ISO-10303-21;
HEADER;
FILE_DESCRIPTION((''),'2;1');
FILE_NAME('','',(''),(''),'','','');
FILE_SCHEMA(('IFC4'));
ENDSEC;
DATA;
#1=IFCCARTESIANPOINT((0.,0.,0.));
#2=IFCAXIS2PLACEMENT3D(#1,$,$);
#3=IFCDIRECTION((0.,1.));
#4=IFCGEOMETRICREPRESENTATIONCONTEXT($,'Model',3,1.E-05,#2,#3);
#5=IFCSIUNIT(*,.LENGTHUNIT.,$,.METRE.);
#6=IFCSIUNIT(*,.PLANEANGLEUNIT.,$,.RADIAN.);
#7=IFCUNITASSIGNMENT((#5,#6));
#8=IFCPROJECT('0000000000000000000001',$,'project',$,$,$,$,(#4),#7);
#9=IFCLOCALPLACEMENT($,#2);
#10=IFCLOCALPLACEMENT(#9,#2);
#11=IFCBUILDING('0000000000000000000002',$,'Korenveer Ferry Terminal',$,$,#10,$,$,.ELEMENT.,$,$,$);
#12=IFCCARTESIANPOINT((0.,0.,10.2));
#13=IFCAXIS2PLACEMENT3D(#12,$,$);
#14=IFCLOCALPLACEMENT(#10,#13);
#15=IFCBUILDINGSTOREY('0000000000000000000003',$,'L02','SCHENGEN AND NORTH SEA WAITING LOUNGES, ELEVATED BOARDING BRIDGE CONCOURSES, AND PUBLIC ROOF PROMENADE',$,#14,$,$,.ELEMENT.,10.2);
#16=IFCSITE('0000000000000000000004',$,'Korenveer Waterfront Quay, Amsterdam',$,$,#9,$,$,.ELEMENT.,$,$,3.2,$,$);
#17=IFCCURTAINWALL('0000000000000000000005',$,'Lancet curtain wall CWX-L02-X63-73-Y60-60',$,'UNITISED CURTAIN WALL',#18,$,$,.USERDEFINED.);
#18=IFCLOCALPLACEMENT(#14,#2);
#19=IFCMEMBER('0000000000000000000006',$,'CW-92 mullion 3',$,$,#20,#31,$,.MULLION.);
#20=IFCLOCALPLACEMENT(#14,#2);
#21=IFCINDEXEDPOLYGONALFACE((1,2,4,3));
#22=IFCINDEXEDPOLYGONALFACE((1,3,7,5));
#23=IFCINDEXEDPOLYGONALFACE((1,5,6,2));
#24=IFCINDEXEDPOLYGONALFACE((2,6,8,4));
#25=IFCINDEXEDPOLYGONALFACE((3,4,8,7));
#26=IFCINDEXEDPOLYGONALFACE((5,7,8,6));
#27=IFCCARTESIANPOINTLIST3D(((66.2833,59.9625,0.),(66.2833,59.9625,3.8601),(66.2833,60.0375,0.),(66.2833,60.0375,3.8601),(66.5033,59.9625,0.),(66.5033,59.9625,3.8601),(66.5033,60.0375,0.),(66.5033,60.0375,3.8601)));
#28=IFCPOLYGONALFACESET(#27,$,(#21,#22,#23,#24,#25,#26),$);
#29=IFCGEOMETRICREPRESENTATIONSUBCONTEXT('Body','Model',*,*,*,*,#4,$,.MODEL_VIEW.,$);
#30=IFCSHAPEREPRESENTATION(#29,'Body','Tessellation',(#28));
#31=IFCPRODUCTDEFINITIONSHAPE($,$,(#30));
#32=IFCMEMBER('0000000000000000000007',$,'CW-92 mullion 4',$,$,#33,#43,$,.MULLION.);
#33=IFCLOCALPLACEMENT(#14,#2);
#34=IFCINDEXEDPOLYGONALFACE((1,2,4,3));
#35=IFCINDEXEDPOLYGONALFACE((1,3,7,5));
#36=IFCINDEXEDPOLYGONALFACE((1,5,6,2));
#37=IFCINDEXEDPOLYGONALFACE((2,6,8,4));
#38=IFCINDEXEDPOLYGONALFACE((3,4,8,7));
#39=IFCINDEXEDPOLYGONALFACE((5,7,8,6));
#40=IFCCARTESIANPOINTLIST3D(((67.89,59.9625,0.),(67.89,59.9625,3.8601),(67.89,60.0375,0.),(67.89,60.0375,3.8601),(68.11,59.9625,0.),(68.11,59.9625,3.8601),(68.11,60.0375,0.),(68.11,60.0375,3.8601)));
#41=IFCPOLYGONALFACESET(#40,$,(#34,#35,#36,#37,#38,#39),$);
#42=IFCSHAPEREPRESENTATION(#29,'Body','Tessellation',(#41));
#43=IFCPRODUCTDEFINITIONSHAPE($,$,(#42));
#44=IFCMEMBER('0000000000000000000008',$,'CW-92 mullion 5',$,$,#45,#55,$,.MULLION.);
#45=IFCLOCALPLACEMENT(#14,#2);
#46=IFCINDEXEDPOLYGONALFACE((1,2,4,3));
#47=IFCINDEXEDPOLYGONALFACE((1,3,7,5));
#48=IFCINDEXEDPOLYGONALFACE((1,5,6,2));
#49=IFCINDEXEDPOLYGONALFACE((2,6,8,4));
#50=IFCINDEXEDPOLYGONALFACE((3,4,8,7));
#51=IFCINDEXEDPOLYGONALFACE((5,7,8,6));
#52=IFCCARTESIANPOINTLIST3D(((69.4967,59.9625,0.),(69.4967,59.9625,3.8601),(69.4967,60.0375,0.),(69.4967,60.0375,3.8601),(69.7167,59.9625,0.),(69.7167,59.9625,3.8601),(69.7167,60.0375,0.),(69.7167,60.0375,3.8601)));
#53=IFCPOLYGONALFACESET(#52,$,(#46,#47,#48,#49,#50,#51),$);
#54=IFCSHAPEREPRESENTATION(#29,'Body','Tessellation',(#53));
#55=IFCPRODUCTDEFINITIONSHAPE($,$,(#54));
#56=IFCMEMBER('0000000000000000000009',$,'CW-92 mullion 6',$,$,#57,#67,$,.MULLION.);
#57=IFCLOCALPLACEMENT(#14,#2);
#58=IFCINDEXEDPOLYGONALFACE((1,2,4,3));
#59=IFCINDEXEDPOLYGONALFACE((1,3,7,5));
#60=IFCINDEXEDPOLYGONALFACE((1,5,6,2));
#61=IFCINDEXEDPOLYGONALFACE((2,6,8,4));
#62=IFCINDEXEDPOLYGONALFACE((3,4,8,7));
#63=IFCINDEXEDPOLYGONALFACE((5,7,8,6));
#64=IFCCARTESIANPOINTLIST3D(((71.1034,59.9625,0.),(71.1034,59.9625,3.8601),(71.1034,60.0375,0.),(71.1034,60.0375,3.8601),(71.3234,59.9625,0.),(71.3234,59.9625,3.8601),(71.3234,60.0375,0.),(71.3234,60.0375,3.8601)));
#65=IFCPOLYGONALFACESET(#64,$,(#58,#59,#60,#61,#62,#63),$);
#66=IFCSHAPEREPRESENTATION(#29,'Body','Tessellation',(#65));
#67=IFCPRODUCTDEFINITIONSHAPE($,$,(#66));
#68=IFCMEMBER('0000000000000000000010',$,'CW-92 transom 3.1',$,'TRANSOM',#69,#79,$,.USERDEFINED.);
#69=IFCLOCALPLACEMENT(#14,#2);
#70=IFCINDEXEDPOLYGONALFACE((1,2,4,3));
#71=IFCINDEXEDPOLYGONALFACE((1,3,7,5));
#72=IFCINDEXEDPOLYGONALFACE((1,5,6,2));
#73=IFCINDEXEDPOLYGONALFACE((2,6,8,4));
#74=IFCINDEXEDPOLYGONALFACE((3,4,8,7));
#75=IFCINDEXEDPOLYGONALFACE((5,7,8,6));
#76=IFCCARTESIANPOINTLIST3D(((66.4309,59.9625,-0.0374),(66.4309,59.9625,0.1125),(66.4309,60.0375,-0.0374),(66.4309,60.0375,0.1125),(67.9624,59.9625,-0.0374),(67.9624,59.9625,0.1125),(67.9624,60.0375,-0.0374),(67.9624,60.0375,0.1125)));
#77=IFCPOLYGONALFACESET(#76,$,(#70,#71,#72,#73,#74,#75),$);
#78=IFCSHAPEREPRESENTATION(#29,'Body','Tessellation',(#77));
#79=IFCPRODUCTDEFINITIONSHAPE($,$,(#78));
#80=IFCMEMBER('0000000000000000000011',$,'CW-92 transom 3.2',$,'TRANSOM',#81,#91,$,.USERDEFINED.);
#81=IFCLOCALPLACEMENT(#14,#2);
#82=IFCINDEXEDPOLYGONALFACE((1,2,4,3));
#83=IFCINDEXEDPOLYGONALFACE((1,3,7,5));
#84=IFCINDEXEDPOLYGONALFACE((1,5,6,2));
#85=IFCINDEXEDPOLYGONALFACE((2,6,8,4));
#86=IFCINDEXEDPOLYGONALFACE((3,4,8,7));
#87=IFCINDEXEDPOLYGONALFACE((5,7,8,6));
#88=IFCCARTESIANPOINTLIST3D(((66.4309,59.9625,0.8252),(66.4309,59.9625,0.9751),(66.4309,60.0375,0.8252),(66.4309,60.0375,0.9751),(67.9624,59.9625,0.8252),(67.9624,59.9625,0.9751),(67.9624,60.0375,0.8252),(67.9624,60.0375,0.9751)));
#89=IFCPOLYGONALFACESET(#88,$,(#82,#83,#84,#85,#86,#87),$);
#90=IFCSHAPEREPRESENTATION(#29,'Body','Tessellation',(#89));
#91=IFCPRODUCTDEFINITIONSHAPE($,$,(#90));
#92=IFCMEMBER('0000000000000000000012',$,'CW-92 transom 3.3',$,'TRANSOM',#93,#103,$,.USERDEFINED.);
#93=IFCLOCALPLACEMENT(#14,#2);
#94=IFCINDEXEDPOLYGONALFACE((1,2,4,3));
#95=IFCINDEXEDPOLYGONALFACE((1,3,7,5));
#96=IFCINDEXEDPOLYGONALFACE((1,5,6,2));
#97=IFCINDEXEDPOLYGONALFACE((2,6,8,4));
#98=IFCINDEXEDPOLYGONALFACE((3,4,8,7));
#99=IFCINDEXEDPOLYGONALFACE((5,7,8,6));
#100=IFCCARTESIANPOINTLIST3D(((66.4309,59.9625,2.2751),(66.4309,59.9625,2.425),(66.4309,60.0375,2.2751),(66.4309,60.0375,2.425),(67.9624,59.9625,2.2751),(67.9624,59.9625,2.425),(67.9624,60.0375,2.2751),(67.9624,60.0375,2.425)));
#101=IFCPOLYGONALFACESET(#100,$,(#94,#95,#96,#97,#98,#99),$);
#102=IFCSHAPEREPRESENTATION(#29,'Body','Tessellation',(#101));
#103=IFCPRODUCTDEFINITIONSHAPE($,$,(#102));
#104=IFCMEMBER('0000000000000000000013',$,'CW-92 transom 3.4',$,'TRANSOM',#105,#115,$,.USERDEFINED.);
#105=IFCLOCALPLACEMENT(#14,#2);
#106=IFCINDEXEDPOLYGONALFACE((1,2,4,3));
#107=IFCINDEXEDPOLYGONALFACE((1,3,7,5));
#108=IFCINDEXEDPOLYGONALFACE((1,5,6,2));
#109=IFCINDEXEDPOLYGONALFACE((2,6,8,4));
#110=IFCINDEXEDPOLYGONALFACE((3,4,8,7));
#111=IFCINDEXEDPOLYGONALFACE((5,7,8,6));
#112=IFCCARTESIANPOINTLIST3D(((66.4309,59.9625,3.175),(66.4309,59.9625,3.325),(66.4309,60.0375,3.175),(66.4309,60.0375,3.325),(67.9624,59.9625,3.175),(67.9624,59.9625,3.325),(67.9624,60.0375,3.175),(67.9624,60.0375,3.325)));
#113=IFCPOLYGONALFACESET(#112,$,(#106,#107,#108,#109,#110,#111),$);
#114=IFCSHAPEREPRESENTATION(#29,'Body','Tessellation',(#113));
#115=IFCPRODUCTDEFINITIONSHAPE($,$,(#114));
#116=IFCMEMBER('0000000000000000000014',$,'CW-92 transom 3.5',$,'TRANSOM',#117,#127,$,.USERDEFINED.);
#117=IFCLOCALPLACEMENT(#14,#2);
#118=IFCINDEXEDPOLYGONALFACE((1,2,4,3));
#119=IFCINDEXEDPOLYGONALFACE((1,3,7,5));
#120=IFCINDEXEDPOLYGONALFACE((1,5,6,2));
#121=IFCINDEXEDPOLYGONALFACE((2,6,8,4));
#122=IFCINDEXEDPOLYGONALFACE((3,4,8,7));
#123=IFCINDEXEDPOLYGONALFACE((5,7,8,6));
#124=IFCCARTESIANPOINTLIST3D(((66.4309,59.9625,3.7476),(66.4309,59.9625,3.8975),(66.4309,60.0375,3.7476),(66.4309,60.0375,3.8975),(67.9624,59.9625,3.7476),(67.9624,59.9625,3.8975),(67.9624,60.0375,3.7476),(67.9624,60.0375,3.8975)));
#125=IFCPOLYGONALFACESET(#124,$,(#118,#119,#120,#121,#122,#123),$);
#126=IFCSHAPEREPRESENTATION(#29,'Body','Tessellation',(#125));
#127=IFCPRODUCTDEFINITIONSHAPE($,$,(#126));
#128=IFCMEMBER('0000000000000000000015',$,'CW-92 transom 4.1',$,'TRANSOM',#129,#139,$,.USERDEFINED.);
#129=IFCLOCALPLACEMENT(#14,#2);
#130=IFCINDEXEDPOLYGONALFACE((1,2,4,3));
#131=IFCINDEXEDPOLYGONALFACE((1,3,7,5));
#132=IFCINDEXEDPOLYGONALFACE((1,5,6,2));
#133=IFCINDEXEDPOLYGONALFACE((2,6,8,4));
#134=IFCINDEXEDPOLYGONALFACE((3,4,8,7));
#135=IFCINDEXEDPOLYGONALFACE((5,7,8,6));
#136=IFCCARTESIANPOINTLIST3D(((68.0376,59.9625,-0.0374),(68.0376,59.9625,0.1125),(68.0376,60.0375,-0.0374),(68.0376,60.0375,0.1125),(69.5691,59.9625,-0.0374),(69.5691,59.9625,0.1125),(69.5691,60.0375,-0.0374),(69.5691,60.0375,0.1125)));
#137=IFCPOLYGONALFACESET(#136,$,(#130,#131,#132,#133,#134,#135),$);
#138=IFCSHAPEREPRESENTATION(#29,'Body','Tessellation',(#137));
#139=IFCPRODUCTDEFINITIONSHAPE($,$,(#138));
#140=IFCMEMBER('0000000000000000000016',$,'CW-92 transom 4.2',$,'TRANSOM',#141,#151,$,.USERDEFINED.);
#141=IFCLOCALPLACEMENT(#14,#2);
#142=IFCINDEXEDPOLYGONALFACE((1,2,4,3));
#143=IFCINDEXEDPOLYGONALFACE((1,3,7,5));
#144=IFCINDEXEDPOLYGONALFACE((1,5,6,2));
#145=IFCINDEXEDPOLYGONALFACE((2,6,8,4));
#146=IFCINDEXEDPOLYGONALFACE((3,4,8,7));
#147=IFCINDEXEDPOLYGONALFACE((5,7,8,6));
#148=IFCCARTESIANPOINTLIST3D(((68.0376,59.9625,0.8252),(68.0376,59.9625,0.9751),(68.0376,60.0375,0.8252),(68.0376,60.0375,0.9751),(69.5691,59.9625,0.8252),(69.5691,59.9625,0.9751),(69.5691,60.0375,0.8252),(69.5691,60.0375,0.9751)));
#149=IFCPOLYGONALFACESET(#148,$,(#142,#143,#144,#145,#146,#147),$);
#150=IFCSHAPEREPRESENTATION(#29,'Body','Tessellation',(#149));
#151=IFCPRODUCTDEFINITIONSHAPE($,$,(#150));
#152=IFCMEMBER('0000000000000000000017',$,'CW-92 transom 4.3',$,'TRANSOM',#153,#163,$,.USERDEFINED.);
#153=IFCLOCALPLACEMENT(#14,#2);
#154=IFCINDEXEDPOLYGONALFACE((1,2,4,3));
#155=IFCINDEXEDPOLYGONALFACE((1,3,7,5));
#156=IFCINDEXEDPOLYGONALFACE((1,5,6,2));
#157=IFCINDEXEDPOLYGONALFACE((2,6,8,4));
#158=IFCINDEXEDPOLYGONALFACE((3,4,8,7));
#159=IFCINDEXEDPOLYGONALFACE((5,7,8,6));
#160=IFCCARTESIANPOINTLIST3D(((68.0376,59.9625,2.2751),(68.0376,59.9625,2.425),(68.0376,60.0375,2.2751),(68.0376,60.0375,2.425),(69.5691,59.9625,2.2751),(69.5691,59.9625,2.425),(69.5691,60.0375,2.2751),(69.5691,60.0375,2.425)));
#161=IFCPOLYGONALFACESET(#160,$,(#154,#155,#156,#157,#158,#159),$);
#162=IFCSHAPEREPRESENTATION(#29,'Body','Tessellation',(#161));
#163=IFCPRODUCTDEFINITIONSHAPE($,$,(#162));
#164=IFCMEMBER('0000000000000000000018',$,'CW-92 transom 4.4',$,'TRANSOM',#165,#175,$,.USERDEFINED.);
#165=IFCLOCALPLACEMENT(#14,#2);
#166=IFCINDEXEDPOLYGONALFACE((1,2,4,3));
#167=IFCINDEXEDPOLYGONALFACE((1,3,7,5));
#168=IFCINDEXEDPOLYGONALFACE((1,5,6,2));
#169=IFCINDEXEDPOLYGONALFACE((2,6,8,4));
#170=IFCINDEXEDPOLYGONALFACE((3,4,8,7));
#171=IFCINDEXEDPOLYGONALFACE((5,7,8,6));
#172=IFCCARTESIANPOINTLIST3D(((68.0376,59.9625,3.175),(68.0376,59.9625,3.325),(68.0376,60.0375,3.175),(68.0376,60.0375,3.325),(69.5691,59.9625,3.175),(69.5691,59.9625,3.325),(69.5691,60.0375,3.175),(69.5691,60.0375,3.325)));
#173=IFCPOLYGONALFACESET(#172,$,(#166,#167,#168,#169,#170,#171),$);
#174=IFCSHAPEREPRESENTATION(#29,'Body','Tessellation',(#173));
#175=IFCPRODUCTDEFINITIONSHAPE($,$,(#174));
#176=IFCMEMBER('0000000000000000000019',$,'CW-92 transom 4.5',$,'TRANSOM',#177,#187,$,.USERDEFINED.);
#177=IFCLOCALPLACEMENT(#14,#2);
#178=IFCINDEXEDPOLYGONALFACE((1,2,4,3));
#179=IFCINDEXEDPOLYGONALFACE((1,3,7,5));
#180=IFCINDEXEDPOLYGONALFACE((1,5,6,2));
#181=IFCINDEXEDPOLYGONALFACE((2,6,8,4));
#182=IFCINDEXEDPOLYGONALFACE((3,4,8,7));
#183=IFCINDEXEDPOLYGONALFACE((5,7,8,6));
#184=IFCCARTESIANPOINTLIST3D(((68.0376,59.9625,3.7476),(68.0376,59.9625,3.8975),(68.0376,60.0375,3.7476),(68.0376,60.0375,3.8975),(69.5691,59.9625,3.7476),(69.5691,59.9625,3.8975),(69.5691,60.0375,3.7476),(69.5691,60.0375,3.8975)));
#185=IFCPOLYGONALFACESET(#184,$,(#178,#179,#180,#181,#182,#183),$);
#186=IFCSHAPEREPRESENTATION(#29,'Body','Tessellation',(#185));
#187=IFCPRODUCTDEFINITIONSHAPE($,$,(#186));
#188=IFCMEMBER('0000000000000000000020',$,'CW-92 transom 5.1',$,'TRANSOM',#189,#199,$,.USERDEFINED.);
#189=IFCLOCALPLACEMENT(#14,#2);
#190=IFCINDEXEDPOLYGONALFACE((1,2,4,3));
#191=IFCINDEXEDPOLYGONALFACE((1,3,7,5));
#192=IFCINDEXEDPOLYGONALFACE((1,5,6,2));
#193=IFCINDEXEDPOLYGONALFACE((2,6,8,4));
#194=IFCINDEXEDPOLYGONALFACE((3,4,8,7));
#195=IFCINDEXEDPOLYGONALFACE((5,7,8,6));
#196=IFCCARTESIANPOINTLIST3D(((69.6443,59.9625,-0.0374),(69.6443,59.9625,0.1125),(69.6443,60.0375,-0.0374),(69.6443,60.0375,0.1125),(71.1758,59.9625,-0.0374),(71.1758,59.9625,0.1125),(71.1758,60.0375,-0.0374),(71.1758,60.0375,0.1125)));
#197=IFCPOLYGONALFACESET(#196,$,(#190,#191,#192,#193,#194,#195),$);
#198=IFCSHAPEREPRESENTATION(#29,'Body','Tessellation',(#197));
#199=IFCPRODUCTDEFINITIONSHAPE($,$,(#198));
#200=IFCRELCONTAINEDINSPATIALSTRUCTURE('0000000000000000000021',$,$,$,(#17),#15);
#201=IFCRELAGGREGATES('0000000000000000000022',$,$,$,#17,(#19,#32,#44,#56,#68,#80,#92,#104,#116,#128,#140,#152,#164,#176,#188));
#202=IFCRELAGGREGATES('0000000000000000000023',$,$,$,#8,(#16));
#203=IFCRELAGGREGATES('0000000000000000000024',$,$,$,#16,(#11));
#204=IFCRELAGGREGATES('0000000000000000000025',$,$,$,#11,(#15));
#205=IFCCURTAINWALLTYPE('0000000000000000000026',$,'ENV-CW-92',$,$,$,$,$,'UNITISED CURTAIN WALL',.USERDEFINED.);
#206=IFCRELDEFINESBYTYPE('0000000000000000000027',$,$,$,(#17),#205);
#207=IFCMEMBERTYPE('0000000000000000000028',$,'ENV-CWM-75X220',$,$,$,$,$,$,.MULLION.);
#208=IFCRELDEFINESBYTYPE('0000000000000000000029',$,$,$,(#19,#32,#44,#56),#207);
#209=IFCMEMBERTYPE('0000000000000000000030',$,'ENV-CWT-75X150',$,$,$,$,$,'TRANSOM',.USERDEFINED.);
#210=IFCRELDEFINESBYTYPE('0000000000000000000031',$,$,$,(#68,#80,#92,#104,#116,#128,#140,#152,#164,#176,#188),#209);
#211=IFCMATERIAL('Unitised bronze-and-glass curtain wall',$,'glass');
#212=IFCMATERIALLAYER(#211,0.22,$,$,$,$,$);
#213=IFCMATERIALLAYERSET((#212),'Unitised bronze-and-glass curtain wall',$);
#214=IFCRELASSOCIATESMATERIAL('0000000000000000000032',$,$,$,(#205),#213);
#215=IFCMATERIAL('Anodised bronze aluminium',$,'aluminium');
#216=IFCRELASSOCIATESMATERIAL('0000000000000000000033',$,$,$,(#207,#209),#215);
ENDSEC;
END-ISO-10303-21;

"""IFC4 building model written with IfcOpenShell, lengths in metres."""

from ifc_helpers import new_model, si_unit, direction, frame, origin, origin_2d, place, context, subcontext, project, spatial, rectangle, extrude, material, layer, layer_set, material_profile, profile_set, type_object, element, aggregate, save


model = new_model("IFC4")

# Units and contexts
model_context = context("Model", 3, precision=1e-05, world=origin(), true_north=direction((0.0, 1.0)))
body_context = subcontext(model_context, "Body", "Model", "MODEL_VIEW")
ifc_project = project(units=[si_unit("LENGTHUNIT", "METRE"), si_unit("PLANEANGLEUNIT", "RADIAN")], contexts=[model_context])

# Site, building, storey
site_placement = place(None, origin())
site = spatial("IfcSite", under=ifc_project, at=site_placement, Name="Korenveer Waterfront Quay, Amsterdam", CompositionType="ELEMENT", RefElevation=3.2)
building_placement = place(site_placement, origin())
building = spatial("IfcBuilding", under=site, at=building_placement, Name="Korenveer Ferry Terminal", CompositionType="ELEMENT")
storey_placement = place(building_placement, frame((0.0, 0.0, 10.2)))
storey = spatial("IfcBuildingStorey", under=building, at=storey_placement, Name="L02", Description="SCHENGEN AND NORTH SEA WAITING LOUNGES, ELEVATED BOARDING BRIDGE CONCOURSES, AND PUBLIC ROOF PROMENADE", CompositionType="ELEMENT", Elevation=10.2)

# Curtain wall, members
ifc_material_1 = material(Name="Unitised bronze-and-glass curtain wall", Category="glass")
ifc_layer_1 = layer(ifc_material_1, 0.22)
ifc_layer_set_1 = layer_set([ifc_layer_1], Name="Unitised bronze-and-glass curtain wall")
curtain_wall_type = type_object("IfcCurtainWallType", Name="ENV-CW-92", ElementType="UNITISED CURTAIN WALL", PredefinedType="USERDEFINED", material=ifc_layer_set_1)
curtain_wall_placement = place(storey_placement, frame((63.1799, 60.0, 0.0)))
curtain_wall = element("IfcCurtainWall", 1, at=curtain_wall_placement, inside=storey, type_object=curtain_wall_type, Name="Lancet curtain wall CWX-L02-X63-73-Y60-60", ObjectType="UNITISED CURTAIN WALL", PredefinedType="USERDEFINED")
ifc_material_2 = material(Name="Anodised bronze aluminium", Category="aluminium")
ifc_material_profile_1 = material_profile(ifc_material_2, rectangle(XDim=0.075, YDim=0.22, at=origin_2d()), Name="ALU 75x220")
ifc_profile_set_1 = profile_set([ifc_material_profile_1], Name="Anodised bronze aluminium")
member_type_1 = type_object("IfcMemberType", Name="ENV-CWM-75X220", PredefinedType="MULLION", material=ifc_profile_set_1)
member_1_placement = place(storey_placement, frame((66.3933, 60.0, 0.0), z_axis=(0.0, 0.0, 1.0), x_axis=(0.0, 1.0, 0.0)))
member_1 = element("IfcMember", 2, at=member_1_placement, type_object=member_type_1, Name="CW-92 mullion 3", PredefinedType="MULLION", context=body_context, shape_type="SweptSolid", body=[
    extrude(rectangle(XDim=0.075, YDim=0.22, at=origin_2d()), origin(), (0.0, 0.0, 1.0), 3.8601),
])
member_2_placement = place(storey_placement, frame((68.0, 60.0, 0.0), z_axis=(0.0, 0.0, 1.0), x_axis=(0.0, 1.0, 0.0)))
member_2 = element("IfcMember", 3, at=member_2_placement, type_object=member_type_1, Name="CW-92 mullion 4", PredefinedType="MULLION", context=body_context, shape_type="SweptSolid", body=[
    extrude(rectangle(XDim=0.075, YDim=0.22, at=origin_2d()), origin(), (0.0, 0.0, 1.0), 3.8601),
])
member_3_placement = place(storey_placement, frame((69.6067, 60.0, 0.0), z_axis=(0.0, 0.0, 1.0), x_axis=(0.0, 1.0, 0.0)))
member_3 = element("IfcMember", 4, at=member_3_placement, type_object=member_type_1, Name="CW-92 mullion 5", PredefinedType="MULLION", context=body_context, shape_type="SweptSolid", body=[
    extrude(rectangle(XDim=0.075, YDim=0.22, at=origin_2d()), origin(), (0.0, 0.0, 1.0), 3.8601),
])
member_4_placement = place(storey_placement, frame((71.2134, 60.0, 0.0), z_axis=(0.0, 0.0, 1.0), x_axis=(0.0, 1.0, 0.0)))
member_4 = element("IfcMember", 5, at=member_4_placement, type_object=member_type_1, Name="CW-92 mullion 6", PredefinedType="MULLION", context=body_context, shape_type="SweptSolid", body=[
    extrude(rectangle(XDim=0.075, YDim=0.22, at=origin_2d()), origin(), (0.0, 0.0, 1.0), 3.8601),
])
ifc_material_profile_2 = material_profile(ifc_material_2, rectangle(XDim=0.075, YDim=0.1499, at=origin_2d()), Name="ALU 75x150")
ifc_profile_set_2 = profile_set([ifc_material_profile_2], Name="Anodised bronze aluminium")
member_type_2 = type_object("IfcMemberType", Name="ENV-CWT-75X150", ElementType="TRANSOM", PredefinedType="USERDEFINED", material=ifc_profile_set_2)
member_5_placement = place(storey_placement, frame((66.4309, 60.0, 0.0376), z_axis=(1.0, 0.0, 0.0), x_axis=(0.0, 1.0, 0.0)))
member_5 = element("IfcMember", 6, at=member_5_placement, type_object=member_type_2, Name="CW-92 transom 3.1", ObjectType="TRANSOM", PredefinedType="USERDEFINED", context=body_context, shape_type="SweptSolid", body=[
    extrude(rectangle(XDim=0.075, YDim=0.1499, at=origin_2d()), origin(), (0.0, 0.0, 1.0), 1.5315),
])
member_6_placement = place(storey_placement, frame((66.4309, 60.0, 0.9001), z_axis=(1.0, 0.0, 0.0), x_axis=(0.0, 1.0, 0.0)))
member_6 = element("IfcMember", 7, at=member_6_placement, type_object=member_type_2, Name="CW-92 transom 3.2", ObjectType="TRANSOM", PredefinedType="USERDEFINED", context=body_context, shape_type="SweptSolid", body=[
    extrude(rectangle(XDim=0.075, YDim=0.1499, at=origin_2d()), origin(), (0.0, 0.0, 1.0), 1.5315),
])
member_7_placement = place(storey_placement, frame((66.4309, 60.0, 2.3501), z_axis=(1.0, 0.0, 0.0), x_axis=(0.0, 1.0, 0.0)))
member_7 = element("IfcMember", 8, at=member_7_placement, type_object=member_type_2, Name="CW-92 transom 3.3", ObjectType="TRANSOM", PredefinedType="USERDEFINED", context=body_context, shape_type="SweptSolid", body=[
    extrude(rectangle(XDim=0.075, YDim=0.1499, at=origin_2d()), origin(), (0.0, 0.0, 1.0), 1.5315),
])
member_8_placement = place(storey_placement, frame((66.4309, 60.0, 3.25), z_axis=(1.0, 0.0, 0.0), x_axis=(0.0, 1.0, 0.0)))
member_8 = element("IfcMember", 9, at=member_8_placement, type_object=member_type_2, Name="CW-92 transom 3.4", ObjectType="TRANSOM", PredefinedType="USERDEFINED", context=body_context, shape_type="SweptSolid", body=[
    extrude(rectangle(XDim=0.075, YDim=0.1499, at=origin_2d()), origin(), (0.0, 0.0, 1.0), 1.5315),
])
member_9_placement = place(storey_placement, frame((66.4309, 60.0, 3.8225), z_axis=(1.0, 0.0, 0.0), x_axis=(0.0, 1.0, 0.0)))
member_9 = element("IfcMember", 10, at=member_9_placement, type_object=member_type_2, Name="CW-92 transom 3.5", ObjectType="TRANSOM", PredefinedType="USERDEFINED", context=body_context, shape_type="SweptSolid", body=[
    extrude(rectangle(XDim=0.075, YDim=0.1499, at=origin_2d()), origin(), (0.0, 0.0, 1.0), 1.5315),
])
member_10_placement = place(storey_placement, frame((68.0376, 60.0, 0.0376), z_axis=(1.0, 0.0, 0.0), x_axis=(0.0, 1.0, 0.0)))
member_10 = element("IfcMember", 11, at=member_10_placement, type_object=member_type_2, Name="CW-92 transom 4.1", ObjectType="TRANSOM", PredefinedType="USERDEFINED", context=body_context, shape_type="SweptSolid", body=[
    extrude(rectangle(XDim=0.075, YDim=0.1499, at=origin_2d()), origin(), (0.0, 0.0, 1.0), 1.5315),
])
member_11_placement = place(storey_placement, frame((68.0376, 60.0, 0.9001), z_axis=(1.0, 0.0, 0.0), x_axis=(0.0, 1.0, 0.0)))
member_11 = element("IfcMember", 12, at=member_11_placement, type_object=member_type_2, Name="CW-92 transom 4.2", ObjectType="TRANSOM", PredefinedType="USERDEFINED", context=body_context, shape_type="SweptSolid", body=[
    extrude(rectangle(XDim=0.075, YDim=0.1499, at=origin_2d()), origin(), (0.0, 0.0, 1.0), 1.5315),
])
member_12_placement = place(storey_placement, frame((68.0376, 60.0, 2.3501), z_axis=(1.0, 0.0, 0.0), x_axis=(0.0, 1.0, 0.0)))
member_12 = element("IfcMember", 13, at=member_12_placement, type_object=member_type_2, Name="CW-92 transom 4.3", ObjectType="TRANSOM", PredefinedType="USERDEFINED", context=body_context, shape_type="SweptSolid", body=[
    extrude(rectangle(XDim=0.075, YDim=0.1499, at=origin_2d()), origin(), (0.0, 0.0, 1.0), 1.5315),
])
member_13_placement = place(storey_placement, frame((68.0376, 60.0, 3.25), z_axis=(1.0, 0.0, 0.0), x_axis=(0.0, 1.0, 0.0)))
member_13 = element("IfcMember", 14, at=member_13_placement, type_object=member_type_2, Name="CW-92 transom 4.4", ObjectType="TRANSOM", PredefinedType="USERDEFINED", context=body_context, shape_type="SweptSolid", body=[
    extrude(rectangle(XDim=0.075, YDim=0.1499, at=origin_2d()), origin(), (0.0, 0.0, 1.0), 1.5315),
])
member_14_placement = place(storey_placement, frame((68.0376, 60.0, 3.8225), z_axis=(1.0, 0.0, 0.0), x_axis=(0.0, 1.0, 0.0)))
member_14 = element("IfcMember", 15, at=member_14_placement, type_object=member_type_2, Name="CW-92 transom 4.5", ObjectType="TRANSOM", PredefinedType="USERDEFINED", context=body_context, shape_type="SweptSolid", body=[
    extrude(rectangle(XDim=0.075, YDim=0.1499, at=origin_2d()), origin(), (0.0, 0.0, 1.0), 1.5315),
])
member_15_placement = place(storey_placement, frame((69.6443, 60.0, 0.0376), z_axis=(1.0, 0.0, 0.0), x_axis=(0.0, 1.0, 0.0)))
member_15 = element("IfcMember", 16, at=member_15_placement, type_object=member_type_2, Name="CW-92 transom 5.1", ObjectType="TRANSOM", PredefinedType="USERDEFINED", context=body_context, shape_type="SweptSolid", body=[
    extrude(rectangle(XDim=0.075, YDim=0.1499, at=origin_2d()), origin(), (0.0, 0.0, 1.0), 1.5315),
])
aggregate(curtain_wall, [member_1, member_2, member_3, member_4, member_5, member_6, member_7, member_8, member_9, member_10, member_11, member_12, member_13, member_14, member_15])

save(model, "model.ifc")
